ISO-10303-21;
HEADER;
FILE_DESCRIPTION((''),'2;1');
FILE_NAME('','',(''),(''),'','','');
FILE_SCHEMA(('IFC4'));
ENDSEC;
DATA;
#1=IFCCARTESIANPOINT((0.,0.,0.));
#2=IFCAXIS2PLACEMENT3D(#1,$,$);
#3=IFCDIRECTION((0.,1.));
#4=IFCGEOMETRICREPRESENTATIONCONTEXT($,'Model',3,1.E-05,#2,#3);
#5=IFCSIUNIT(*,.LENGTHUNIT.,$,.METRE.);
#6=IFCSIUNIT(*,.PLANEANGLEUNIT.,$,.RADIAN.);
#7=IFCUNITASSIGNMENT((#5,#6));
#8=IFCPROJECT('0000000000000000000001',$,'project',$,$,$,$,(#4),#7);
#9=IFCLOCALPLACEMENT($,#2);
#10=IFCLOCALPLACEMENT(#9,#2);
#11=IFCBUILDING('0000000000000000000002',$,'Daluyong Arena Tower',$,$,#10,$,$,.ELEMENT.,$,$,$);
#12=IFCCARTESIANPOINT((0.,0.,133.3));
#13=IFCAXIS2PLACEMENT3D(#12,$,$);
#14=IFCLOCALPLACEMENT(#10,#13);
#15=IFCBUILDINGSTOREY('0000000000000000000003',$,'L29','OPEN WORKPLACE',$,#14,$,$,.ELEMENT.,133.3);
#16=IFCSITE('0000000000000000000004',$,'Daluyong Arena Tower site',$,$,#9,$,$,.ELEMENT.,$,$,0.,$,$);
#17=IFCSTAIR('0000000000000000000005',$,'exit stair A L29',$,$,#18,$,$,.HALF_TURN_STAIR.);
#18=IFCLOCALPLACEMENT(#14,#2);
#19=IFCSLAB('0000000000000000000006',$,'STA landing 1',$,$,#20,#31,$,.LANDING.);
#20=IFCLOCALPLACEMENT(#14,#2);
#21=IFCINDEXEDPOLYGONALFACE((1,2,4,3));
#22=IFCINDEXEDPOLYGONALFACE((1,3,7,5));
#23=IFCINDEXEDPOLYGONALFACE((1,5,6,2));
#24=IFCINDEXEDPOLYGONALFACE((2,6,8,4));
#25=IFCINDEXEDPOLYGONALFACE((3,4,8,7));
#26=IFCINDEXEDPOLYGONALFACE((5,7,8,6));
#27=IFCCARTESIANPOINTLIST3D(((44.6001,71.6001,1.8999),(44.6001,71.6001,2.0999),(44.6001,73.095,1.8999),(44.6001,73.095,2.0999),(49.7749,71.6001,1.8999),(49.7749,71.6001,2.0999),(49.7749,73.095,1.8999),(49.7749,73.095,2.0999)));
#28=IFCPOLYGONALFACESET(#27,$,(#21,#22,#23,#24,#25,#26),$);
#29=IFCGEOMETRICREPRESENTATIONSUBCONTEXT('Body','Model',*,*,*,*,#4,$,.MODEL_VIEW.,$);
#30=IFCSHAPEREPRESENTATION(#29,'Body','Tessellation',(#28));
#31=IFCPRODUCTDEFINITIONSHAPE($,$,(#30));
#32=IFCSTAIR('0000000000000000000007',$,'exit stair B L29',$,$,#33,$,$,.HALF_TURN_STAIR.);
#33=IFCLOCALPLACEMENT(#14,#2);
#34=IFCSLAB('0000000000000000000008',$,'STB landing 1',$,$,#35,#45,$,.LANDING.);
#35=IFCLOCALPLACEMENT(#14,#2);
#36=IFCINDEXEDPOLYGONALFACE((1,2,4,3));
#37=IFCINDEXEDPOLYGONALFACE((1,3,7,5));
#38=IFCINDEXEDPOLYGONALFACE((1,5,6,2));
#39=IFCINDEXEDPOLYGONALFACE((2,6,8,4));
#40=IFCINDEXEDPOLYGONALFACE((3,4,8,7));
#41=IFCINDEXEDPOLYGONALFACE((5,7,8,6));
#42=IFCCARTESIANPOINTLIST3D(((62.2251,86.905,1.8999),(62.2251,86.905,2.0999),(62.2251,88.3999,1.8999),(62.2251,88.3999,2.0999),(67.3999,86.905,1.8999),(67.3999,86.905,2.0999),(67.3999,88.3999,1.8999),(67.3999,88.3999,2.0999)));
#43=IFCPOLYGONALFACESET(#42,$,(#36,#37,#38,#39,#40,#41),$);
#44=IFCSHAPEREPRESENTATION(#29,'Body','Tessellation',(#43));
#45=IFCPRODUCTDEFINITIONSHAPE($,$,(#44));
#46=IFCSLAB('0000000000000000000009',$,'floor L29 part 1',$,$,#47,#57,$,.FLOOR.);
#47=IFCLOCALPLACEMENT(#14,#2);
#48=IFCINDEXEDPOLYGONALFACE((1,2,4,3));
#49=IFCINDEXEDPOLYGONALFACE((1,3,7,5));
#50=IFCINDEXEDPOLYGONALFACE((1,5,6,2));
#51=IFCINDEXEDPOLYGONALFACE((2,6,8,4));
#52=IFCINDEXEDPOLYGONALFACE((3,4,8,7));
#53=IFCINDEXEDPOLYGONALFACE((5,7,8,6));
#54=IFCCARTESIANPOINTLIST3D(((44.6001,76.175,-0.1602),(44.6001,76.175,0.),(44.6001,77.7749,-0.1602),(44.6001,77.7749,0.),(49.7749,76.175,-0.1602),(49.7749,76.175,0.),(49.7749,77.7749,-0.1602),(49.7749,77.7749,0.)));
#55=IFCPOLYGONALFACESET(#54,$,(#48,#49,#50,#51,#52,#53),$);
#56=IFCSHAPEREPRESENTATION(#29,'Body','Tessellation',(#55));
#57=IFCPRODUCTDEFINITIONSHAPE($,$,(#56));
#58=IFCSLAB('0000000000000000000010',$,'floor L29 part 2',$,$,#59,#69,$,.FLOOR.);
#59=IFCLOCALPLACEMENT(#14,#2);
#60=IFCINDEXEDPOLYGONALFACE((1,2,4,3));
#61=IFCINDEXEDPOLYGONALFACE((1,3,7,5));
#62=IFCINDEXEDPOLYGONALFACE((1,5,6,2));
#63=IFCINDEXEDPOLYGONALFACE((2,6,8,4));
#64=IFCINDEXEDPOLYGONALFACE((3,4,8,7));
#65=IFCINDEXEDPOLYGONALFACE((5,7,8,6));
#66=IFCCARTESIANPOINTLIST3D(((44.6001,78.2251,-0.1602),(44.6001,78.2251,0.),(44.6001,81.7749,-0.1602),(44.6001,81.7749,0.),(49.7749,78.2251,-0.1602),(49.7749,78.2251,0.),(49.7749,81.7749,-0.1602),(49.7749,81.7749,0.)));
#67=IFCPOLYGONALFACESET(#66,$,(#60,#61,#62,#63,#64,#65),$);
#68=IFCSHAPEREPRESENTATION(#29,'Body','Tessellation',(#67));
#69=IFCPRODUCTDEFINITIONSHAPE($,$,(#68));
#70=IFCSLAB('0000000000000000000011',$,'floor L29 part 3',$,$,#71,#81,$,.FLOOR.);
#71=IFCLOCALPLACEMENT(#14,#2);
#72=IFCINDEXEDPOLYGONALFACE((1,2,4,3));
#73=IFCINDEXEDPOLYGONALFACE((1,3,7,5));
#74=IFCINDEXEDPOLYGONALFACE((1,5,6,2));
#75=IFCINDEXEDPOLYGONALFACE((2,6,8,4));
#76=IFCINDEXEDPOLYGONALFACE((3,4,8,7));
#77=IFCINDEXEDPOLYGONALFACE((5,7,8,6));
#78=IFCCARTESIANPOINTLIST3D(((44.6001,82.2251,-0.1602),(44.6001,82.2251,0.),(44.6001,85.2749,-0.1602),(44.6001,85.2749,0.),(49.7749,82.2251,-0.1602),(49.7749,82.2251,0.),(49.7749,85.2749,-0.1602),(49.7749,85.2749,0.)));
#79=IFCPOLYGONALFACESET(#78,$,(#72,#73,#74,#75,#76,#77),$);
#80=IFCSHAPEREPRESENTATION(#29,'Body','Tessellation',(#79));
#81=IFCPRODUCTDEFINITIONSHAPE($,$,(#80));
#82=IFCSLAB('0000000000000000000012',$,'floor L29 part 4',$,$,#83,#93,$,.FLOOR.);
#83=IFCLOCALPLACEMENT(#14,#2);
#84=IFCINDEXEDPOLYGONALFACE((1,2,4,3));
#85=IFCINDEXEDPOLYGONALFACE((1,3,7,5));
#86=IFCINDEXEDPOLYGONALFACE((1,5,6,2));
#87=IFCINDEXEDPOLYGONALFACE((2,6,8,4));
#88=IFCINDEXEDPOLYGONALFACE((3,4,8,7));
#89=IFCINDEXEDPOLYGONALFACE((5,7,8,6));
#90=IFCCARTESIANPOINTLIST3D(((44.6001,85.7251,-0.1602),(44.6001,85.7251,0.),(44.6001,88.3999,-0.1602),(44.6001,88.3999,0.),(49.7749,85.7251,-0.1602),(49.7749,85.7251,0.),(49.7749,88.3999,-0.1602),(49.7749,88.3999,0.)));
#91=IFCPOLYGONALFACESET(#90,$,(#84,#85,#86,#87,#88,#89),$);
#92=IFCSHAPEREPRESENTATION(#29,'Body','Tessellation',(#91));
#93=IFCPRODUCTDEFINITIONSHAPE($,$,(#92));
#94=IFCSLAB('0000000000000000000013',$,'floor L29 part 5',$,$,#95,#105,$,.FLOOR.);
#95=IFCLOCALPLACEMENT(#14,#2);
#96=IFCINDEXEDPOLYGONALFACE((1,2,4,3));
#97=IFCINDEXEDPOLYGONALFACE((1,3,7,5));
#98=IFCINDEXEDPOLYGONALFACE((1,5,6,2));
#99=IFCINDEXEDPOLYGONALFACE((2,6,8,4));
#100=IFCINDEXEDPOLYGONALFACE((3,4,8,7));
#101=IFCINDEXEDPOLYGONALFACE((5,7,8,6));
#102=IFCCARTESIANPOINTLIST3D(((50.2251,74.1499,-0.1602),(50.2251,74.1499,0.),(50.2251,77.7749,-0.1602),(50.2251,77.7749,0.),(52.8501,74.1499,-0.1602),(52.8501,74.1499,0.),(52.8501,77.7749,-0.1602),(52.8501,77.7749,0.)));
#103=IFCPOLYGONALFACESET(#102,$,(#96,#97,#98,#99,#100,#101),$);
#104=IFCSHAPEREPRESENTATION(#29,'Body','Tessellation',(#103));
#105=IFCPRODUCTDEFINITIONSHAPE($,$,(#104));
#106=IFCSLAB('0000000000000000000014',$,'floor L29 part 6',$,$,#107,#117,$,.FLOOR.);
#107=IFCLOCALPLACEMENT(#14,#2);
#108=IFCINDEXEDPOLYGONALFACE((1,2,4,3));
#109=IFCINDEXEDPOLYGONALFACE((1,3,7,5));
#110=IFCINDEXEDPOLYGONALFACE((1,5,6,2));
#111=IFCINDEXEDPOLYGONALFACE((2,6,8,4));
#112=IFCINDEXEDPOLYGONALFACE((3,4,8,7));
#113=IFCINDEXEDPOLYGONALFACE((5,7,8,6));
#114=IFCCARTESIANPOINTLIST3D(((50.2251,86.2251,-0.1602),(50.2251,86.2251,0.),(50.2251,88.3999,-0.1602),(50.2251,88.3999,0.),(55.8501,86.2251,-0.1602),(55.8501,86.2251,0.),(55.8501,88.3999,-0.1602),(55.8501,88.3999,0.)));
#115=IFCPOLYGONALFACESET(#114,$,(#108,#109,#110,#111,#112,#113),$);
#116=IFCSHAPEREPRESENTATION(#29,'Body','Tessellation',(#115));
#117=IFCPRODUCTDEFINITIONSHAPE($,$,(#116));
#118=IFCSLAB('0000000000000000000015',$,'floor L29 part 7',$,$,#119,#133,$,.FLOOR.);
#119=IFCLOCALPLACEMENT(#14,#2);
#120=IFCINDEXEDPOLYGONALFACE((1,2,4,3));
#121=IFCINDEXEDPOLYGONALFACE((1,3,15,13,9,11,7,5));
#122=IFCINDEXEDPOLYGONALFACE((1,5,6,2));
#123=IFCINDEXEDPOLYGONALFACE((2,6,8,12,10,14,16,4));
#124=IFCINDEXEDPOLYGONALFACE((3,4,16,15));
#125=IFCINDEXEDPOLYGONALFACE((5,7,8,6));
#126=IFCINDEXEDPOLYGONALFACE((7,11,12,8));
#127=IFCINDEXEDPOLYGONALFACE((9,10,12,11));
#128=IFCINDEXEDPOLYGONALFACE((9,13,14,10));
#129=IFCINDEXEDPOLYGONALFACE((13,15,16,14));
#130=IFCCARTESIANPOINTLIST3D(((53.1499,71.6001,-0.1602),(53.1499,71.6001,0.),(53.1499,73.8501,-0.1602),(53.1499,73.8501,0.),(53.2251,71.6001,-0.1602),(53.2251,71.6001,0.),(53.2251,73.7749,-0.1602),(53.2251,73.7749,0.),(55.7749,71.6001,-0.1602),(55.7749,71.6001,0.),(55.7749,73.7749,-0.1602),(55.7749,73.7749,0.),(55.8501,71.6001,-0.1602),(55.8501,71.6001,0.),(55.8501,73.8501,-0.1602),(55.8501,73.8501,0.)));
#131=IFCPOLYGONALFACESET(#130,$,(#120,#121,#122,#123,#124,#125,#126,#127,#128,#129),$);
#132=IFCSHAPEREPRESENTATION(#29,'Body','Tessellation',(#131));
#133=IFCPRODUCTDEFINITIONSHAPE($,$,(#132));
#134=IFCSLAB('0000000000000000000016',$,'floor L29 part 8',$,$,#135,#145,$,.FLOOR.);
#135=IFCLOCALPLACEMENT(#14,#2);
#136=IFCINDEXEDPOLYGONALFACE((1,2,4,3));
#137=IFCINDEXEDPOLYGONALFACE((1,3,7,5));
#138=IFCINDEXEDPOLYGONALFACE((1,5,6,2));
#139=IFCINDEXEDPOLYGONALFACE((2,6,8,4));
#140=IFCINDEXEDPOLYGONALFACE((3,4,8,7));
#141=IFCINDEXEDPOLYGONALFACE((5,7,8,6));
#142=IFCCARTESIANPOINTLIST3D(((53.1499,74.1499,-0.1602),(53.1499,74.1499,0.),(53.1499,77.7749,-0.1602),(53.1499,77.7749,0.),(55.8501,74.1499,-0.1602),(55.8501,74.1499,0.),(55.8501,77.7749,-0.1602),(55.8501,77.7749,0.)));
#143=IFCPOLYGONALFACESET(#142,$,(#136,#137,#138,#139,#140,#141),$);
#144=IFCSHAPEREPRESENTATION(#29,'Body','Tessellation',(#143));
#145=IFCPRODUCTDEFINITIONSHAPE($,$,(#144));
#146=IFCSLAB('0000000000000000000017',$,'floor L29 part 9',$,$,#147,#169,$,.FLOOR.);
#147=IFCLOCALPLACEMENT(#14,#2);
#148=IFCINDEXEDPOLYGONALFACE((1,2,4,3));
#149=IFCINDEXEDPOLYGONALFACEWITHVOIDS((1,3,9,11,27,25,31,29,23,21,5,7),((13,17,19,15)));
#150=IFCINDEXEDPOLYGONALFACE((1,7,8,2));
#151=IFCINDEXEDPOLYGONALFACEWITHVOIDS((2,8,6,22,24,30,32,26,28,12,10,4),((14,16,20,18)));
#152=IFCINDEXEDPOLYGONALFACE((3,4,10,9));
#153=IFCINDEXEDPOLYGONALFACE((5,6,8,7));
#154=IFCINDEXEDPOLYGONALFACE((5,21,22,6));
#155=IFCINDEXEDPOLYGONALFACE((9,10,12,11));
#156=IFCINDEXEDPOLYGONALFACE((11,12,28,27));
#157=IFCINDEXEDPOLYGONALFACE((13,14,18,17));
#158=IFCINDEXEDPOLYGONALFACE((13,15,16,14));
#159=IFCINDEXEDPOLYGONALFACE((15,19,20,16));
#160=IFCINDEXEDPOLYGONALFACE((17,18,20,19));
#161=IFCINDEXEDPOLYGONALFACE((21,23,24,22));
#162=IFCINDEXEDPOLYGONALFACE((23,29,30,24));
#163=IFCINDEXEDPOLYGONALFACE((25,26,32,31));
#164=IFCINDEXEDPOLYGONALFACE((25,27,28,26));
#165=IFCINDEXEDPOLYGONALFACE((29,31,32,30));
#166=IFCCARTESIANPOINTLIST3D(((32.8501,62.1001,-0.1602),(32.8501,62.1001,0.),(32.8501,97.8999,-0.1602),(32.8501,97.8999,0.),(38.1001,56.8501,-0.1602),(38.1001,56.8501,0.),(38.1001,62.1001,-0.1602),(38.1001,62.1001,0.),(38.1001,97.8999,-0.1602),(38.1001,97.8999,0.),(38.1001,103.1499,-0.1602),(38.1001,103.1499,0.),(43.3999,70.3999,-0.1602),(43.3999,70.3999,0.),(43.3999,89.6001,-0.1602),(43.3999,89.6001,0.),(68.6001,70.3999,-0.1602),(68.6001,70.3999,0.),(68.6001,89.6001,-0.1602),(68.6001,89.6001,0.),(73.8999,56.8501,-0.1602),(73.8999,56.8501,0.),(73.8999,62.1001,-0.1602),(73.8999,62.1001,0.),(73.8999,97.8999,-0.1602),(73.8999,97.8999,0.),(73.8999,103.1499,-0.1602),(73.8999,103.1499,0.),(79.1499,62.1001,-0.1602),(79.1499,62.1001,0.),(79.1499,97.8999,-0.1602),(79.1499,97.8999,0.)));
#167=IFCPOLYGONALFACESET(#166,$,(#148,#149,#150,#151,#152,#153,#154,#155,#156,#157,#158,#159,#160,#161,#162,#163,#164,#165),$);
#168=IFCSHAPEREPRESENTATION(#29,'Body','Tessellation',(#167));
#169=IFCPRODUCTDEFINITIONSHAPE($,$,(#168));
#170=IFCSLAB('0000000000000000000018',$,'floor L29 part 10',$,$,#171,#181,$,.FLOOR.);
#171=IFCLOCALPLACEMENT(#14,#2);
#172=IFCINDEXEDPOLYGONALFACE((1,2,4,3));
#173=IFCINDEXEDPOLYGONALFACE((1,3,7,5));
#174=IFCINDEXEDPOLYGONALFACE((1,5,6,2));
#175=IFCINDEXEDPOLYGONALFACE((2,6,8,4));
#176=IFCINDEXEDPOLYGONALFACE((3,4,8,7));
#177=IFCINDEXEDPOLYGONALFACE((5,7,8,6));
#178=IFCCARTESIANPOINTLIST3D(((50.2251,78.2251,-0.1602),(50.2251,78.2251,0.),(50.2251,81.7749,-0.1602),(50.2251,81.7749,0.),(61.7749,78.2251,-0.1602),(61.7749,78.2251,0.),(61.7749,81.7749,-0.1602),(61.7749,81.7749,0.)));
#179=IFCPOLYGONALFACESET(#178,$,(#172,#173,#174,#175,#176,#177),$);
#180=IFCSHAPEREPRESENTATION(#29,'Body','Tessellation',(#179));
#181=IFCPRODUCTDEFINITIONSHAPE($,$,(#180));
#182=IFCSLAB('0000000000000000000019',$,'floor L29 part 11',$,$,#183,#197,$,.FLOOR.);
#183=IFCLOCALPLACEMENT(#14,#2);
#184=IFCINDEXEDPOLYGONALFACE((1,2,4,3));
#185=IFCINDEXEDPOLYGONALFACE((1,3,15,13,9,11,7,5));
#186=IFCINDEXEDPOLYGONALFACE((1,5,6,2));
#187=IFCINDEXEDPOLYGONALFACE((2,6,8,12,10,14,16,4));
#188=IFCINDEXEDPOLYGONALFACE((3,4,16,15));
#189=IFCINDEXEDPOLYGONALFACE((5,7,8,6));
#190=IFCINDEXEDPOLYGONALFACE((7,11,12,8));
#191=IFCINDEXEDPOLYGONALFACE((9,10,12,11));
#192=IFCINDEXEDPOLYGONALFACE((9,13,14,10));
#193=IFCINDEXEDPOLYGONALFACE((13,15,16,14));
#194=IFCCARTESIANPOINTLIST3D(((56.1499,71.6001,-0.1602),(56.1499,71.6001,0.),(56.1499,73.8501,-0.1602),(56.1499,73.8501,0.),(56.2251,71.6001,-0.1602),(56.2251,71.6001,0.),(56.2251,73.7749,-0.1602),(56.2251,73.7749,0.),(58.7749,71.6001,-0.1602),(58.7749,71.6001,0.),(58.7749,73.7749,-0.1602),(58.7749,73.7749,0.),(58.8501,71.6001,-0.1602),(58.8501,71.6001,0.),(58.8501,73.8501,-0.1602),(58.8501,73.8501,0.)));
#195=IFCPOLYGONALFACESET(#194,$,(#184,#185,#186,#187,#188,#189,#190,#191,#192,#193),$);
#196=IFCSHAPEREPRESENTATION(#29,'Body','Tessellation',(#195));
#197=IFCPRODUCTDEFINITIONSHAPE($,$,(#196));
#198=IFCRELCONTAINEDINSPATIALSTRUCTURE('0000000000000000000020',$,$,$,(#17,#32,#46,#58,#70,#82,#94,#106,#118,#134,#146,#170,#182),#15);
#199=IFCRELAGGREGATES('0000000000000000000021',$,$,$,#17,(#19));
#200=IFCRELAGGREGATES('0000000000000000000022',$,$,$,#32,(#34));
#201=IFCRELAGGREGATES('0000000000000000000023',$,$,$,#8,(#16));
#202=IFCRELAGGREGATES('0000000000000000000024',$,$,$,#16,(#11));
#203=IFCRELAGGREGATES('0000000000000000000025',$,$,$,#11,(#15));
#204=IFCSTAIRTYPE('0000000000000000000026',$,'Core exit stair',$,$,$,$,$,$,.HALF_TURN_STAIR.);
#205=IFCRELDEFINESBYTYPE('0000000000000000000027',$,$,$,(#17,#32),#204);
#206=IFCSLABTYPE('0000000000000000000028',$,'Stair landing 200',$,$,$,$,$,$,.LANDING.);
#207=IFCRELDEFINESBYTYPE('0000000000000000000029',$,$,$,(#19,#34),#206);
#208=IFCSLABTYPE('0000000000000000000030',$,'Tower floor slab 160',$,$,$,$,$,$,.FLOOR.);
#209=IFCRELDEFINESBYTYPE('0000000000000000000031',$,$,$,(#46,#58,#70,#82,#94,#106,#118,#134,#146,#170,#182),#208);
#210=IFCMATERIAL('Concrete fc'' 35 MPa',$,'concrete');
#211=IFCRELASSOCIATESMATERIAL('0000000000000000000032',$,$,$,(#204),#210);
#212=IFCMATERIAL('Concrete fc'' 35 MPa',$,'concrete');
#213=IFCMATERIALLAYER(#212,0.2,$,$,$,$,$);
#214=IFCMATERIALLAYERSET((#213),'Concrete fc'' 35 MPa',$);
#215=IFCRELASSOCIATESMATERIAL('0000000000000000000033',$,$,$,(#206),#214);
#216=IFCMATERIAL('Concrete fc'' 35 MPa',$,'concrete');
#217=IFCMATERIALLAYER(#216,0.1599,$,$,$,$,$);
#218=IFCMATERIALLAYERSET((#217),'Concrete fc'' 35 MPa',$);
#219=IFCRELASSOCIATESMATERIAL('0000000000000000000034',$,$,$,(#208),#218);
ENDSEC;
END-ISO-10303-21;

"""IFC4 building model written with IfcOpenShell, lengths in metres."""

from ifc_helpers import new_model, si_unit, direction, frame, origin, place, context, subcontext, project, spatial, polyline, outline, extrude, material, layer, layer_set, type_object, element, aggregate, save


model = new_model("IFC4")

# Units and contexts
model_context = context("Model", 3, precision=1e-05, world=origin(), true_north=direction((0.0, 1.0)))
body_context = subcontext(model_context, "Body", "Model", "MODEL_VIEW")
ifc_project = project(units=[si_unit("LENGTHUNIT", "METRE"), si_unit("PLANEANGLEUNIT", "RADIAN")], contexts=[model_context])

# Site, building, storey
site_placement = place(None, origin())
site = spatial("IfcSite", under=ifc_project, at=site_placement, Name="Daluyong Arena Tower site", CompositionType="ELEMENT", RefElevation=0.0)
building_placement = place(site_placement, origin())
building = spatial("IfcBuilding", under=site, at=building_placement, Name="Daluyong Arena Tower", CompositionType="ELEMENT")
storey_placement = place(building_placement, frame((0.0, 0.0, 133.3)))
storey = spatial("IfcBuildingStorey", under=building, at=storey_placement, Name="L29", Description="OPEN WORKPLACE", CompositionType="ELEMENT", Elevation=133.3)

# Stairs, slabs
ifc_material_1 = material(Name="Concrete fc' 35 MPa", Category="concrete")
stair_type = type_object("IfcStairType", Name="Core exit stair", PredefinedType="HALF_TURN_STAIR", material=ifc_material_1)
stair_1_placement = place(storey_placement, origin())
stair_1 = element("IfcStair", 1, at=stair_1_placement, inside=storey, type_object=stair_type, Name="exit stair A L29", PredefinedType="HALF_TURN_STAIR")
ifc_material_2 = material(Name="Concrete fc' 35 MPa", Category="concrete")
ifc_layer_1 = layer(ifc_material_2, 0.2)
ifc_layer_set_1 = layer_set([ifc_layer_1], Name="Concrete fc' 35 MPa")
slab_type_1 = type_object("IfcSlabType", Name="Stair landing 200", PredefinedType="LANDING", material=ifc_layer_set_1)
slab_1_placement = place(storey_placement, frame((0.0, 0.0, 1.8999)))
slab_1 = element("IfcSlab", 2, at=slab_1_placement, type_object=slab_type_1, Name="STA landing 1", PredefinedType="LANDING", context=body_context, shape_type="SweptSolid", body=[
    extrude(outline(polyline([(44.6001, 71.6001), (49.7749, 71.6001), (49.7749, 73.095), (44.6001, 73.095), (44.6001, 71.6001)])), origin(), (0.0, 0.0, 1.0), 0.2),
])
aggregate(stair_1, [slab_1])
stair_2_placement = place(storey_placement, origin())
stair_2 = element("IfcStair", 3, at=stair_2_placement, inside=storey, type_object=stair_type, Name="exit stair B L29", PredefinedType="HALF_TURN_STAIR")
slab_2_placement = place(storey_placement, frame((0.0, 0.0, 1.8999)))
slab_2 = element("IfcSlab", 4, at=slab_2_placement, type_object=slab_type_1, Name="STB landing 1", PredefinedType="LANDING", context=body_context, shape_type="SweptSolid", body=[
    extrude(outline(polyline([(62.2251, 86.905), (67.3999, 86.905), (67.3999, 88.3999), (62.2251, 88.3999), (62.2251, 86.905)])), origin(), (0.0, 0.0, 1.0), 0.2),
])
aggregate(stair_2, [slab_2])

# Slabs
ifc_material_3 = material(Name="Concrete fc' 35 MPa", Category="concrete")
ifc_layer_2 = layer(ifc_material_3, 0.1599)
ifc_layer_set_2 = layer_set([ifc_layer_2], Name="Concrete fc' 35 MPa")
slab_type_2 = type_object("IfcSlabType", Name="Tower floor slab 160", PredefinedType="FLOOR", material=ifc_layer_set_2)
slab_3_placement = place(storey_placement, frame((0.0, 0.0, -0.1602)))
element("IfcSlab", 5, at=slab_3_placement, inside=storey, type_object=slab_type_2, Name="floor L29 part 1", PredefinedType="FLOOR", context=body_context, shape_type="SweptSolid", body=[
    extrude(outline(polyline([(49.7749, 76.175), (49.7749, 77.7749), (44.6001, 77.7749), (44.6001, 76.175), (49.7749, 76.175)])), origin(), (0.0, 0.0, 1.0), 0.1602),
])
slab_4_placement = place(storey_placement, frame((0.0, 0.0, -0.1602)))
element("IfcSlab", 6, at=slab_4_placement, inside=storey, type_object=slab_type_2, Name="floor L29 part 2", PredefinedType="FLOOR", context=body_context, shape_type="SweptSolid", body=[
    extrude(outline(polyline([(44.6001, 78.2251), (49.7749, 78.2251), (49.7749, 81.7749), (44.6001, 81.7749), (44.6001, 78.2251)])), origin(), (0.0, 0.0, 1.0), 0.1602),
])
slab_5_placement = place(storey_placement, frame((0.0, 0.0, -0.1602)))
element("IfcSlab", 7, at=slab_5_placement, inside=storey, type_object=slab_type_2, Name="floor L29 part 3", PredefinedType="FLOOR", context=body_context, shape_type="SweptSolid", body=[
    extrude(outline(polyline([(44.6001, 82.2251), (49.7749, 82.2251), (49.7749, 85.2749), (44.6001, 85.2749), (44.6001, 82.2251)])), origin(), (0.0, 0.0, 1.0), 0.1602),
])
slab_6_placement = place(storey_placement, frame((0.0, 0.0, -0.1602)))
element("IfcSlab", 8, at=slab_6_placement, inside=storey, type_object=slab_type_2, Name="floor L29 part 4", PredefinedType="FLOOR", context=body_context, shape_type="SweptSolid", body=[
    extrude(outline(polyline([(49.7749, 88.3999), (44.6001, 88.3999), (44.6001, 85.7251), (49.7749, 85.7251), (49.7749, 88.3999)])), origin(), (0.0, 0.0, 1.0), 0.1602),
])
slab_7_placement = place(storey_placement, frame((0.0, 0.0, -0.1602)))
element("IfcSlab", 9, at=slab_7_placement, inside=storey, type_object=slab_type_2, Name="floor L29 part 5", PredefinedType="FLOOR", context=body_context, shape_type="SweptSolid", body=[
    extrude(outline(polyline([(52.8501, 77.7749), (50.2251, 77.7749), (50.2251, 74.1499), (52.8501, 74.1499), (52.8501, 77.7749)])), origin(), (0.0, 0.0, 1.0), 0.1602),
])
slab_8_placement = place(storey_placement, frame((0.0, 0.0, -0.1602)))
element("IfcSlab", 10, at=slab_8_placement, inside=storey, type_object=slab_type_2, Name="floor L29 part 6", PredefinedType="FLOOR", context=body_context, shape_type="SweptSolid", body=[
    extrude(outline(polyline([(55.8501, 88.3999), (50.2251, 88.3999), (50.2251, 86.2251), (55.8501, 86.2251), (55.8501, 88.3999)])), origin(), (0.0, 0.0, 1.0), 0.1602),
])
slab_9_placement = place(storey_placement, frame((0.0, 0.0, -0.1602)))
element("IfcSlab", 11, at=slab_9_placement, inside=storey, type_object=slab_type_2, Name="floor L29 part 7", PredefinedType="FLOOR", context=body_context, shape_type="SweptSolid", body=[
    extrude(outline(polyline([(55.7749, 73.7749), (55.7749, 71.6001), (55.8501, 71.6001), (55.8501, 73.8501), (53.1499, 73.8501), (53.1499, 71.6001), (53.2251, 71.6001), (53.2251, 73.7749), (55.7749, 73.7749)])), origin(), (0.0, 0.0, 1.0), 0.1602),
])
slab_10_placement = place(storey_placement, frame((0.0, 0.0, -0.1602)))
element("IfcSlab", 12, at=slab_10_placement, inside=storey, type_object=slab_type_2, Name="floor L29 part 8", PredefinedType="FLOOR", context=body_context, shape_type="SweptSolid", body=[
    extrude(outline(polyline([(55.8501, 77.7749), (53.1499, 77.7749), (53.1499, 74.1499), (55.8501, 74.1499), (55.8501, 77.7749)])), origin(), (0.0, 0.0, 1.0), 0.1602),
])
slab_11_placement = place(storey_placement, frame((0.0, 0.0, -0.1602)))
element("IfcSlab", 13, at=slab_11_placement, inside=storey, type_object=slab_type_2, Name="floor L29 part 9", PredefinedType="FLOOR", context=body_context, shape_type="SweptSolid", body=[
    extrude(outline(polyline([(38.1001, 62.1001), (38.1001, 56.8501), (73.8999, 56.8501), (73.8999, 62.1001), (79.1499, 62.1001), (79.1499, 97.8999), (73.8999, 97.8999), (73.8999, 103.1499), (38.1001, 103.1499), (38.1001, 97.8999), (32.8501, 97.8999), (32.8501, 62.1001), (38.1001, 62.1001)]), holes=[polyline([(68.6001, 89.6001), (68.6001, 70.3999), (43.3999, 70.3999), (43.3999, 89.6001), (68.6001, 89.6001)])]), origin(), (0.0, 0.0, 1.0), 0.1602),
])
slab_12_placement = place(storey_placement, frame((0.0, 0.0, -0.1602)))
element("IfcSlab", 14, at=slab_12_placement, inside=storey, type_object=slab_type_2, Name="floor L29 part 10", PredefinedType="FLOOR", context=body_context, shape_type="SweptSolid", body=[
    extrude(outline(polyline([(61.7749, 78.2251), (61.7749, 81.7749), (50.2251, 81.7749), (50.2251, 78.2251), (61.7749, 78.2251)])), origin(), (0.0, 0.0, 1.0), 0.1602),
])
slab_13_placement = place(storey_placement, frame((0.0, 0.0, -0.1602)))
element("IfcSlab", 15, at=slab_13_placement, inside=storey, type_object=slab_type_2, Name="floor L29 part 11", PredefinedType="FLOOR", context=body_context, shape_type="SweptSolid", body=[
    extrude(outline(polyline([(58.8501, 71.6001), (58.8501, 73.8501), (56.1499, 73.8501), (56.1499, 71.6001), (56.2251, 71.6001), (56.2251, 73.7749), (58.7749, 73.7749), (58.7749, 71.6001), (58.8501, 71.6001)])), origin(), (0.0, 0.0, 1.0), 0.1602),
])

save(model, "model.ifc")
